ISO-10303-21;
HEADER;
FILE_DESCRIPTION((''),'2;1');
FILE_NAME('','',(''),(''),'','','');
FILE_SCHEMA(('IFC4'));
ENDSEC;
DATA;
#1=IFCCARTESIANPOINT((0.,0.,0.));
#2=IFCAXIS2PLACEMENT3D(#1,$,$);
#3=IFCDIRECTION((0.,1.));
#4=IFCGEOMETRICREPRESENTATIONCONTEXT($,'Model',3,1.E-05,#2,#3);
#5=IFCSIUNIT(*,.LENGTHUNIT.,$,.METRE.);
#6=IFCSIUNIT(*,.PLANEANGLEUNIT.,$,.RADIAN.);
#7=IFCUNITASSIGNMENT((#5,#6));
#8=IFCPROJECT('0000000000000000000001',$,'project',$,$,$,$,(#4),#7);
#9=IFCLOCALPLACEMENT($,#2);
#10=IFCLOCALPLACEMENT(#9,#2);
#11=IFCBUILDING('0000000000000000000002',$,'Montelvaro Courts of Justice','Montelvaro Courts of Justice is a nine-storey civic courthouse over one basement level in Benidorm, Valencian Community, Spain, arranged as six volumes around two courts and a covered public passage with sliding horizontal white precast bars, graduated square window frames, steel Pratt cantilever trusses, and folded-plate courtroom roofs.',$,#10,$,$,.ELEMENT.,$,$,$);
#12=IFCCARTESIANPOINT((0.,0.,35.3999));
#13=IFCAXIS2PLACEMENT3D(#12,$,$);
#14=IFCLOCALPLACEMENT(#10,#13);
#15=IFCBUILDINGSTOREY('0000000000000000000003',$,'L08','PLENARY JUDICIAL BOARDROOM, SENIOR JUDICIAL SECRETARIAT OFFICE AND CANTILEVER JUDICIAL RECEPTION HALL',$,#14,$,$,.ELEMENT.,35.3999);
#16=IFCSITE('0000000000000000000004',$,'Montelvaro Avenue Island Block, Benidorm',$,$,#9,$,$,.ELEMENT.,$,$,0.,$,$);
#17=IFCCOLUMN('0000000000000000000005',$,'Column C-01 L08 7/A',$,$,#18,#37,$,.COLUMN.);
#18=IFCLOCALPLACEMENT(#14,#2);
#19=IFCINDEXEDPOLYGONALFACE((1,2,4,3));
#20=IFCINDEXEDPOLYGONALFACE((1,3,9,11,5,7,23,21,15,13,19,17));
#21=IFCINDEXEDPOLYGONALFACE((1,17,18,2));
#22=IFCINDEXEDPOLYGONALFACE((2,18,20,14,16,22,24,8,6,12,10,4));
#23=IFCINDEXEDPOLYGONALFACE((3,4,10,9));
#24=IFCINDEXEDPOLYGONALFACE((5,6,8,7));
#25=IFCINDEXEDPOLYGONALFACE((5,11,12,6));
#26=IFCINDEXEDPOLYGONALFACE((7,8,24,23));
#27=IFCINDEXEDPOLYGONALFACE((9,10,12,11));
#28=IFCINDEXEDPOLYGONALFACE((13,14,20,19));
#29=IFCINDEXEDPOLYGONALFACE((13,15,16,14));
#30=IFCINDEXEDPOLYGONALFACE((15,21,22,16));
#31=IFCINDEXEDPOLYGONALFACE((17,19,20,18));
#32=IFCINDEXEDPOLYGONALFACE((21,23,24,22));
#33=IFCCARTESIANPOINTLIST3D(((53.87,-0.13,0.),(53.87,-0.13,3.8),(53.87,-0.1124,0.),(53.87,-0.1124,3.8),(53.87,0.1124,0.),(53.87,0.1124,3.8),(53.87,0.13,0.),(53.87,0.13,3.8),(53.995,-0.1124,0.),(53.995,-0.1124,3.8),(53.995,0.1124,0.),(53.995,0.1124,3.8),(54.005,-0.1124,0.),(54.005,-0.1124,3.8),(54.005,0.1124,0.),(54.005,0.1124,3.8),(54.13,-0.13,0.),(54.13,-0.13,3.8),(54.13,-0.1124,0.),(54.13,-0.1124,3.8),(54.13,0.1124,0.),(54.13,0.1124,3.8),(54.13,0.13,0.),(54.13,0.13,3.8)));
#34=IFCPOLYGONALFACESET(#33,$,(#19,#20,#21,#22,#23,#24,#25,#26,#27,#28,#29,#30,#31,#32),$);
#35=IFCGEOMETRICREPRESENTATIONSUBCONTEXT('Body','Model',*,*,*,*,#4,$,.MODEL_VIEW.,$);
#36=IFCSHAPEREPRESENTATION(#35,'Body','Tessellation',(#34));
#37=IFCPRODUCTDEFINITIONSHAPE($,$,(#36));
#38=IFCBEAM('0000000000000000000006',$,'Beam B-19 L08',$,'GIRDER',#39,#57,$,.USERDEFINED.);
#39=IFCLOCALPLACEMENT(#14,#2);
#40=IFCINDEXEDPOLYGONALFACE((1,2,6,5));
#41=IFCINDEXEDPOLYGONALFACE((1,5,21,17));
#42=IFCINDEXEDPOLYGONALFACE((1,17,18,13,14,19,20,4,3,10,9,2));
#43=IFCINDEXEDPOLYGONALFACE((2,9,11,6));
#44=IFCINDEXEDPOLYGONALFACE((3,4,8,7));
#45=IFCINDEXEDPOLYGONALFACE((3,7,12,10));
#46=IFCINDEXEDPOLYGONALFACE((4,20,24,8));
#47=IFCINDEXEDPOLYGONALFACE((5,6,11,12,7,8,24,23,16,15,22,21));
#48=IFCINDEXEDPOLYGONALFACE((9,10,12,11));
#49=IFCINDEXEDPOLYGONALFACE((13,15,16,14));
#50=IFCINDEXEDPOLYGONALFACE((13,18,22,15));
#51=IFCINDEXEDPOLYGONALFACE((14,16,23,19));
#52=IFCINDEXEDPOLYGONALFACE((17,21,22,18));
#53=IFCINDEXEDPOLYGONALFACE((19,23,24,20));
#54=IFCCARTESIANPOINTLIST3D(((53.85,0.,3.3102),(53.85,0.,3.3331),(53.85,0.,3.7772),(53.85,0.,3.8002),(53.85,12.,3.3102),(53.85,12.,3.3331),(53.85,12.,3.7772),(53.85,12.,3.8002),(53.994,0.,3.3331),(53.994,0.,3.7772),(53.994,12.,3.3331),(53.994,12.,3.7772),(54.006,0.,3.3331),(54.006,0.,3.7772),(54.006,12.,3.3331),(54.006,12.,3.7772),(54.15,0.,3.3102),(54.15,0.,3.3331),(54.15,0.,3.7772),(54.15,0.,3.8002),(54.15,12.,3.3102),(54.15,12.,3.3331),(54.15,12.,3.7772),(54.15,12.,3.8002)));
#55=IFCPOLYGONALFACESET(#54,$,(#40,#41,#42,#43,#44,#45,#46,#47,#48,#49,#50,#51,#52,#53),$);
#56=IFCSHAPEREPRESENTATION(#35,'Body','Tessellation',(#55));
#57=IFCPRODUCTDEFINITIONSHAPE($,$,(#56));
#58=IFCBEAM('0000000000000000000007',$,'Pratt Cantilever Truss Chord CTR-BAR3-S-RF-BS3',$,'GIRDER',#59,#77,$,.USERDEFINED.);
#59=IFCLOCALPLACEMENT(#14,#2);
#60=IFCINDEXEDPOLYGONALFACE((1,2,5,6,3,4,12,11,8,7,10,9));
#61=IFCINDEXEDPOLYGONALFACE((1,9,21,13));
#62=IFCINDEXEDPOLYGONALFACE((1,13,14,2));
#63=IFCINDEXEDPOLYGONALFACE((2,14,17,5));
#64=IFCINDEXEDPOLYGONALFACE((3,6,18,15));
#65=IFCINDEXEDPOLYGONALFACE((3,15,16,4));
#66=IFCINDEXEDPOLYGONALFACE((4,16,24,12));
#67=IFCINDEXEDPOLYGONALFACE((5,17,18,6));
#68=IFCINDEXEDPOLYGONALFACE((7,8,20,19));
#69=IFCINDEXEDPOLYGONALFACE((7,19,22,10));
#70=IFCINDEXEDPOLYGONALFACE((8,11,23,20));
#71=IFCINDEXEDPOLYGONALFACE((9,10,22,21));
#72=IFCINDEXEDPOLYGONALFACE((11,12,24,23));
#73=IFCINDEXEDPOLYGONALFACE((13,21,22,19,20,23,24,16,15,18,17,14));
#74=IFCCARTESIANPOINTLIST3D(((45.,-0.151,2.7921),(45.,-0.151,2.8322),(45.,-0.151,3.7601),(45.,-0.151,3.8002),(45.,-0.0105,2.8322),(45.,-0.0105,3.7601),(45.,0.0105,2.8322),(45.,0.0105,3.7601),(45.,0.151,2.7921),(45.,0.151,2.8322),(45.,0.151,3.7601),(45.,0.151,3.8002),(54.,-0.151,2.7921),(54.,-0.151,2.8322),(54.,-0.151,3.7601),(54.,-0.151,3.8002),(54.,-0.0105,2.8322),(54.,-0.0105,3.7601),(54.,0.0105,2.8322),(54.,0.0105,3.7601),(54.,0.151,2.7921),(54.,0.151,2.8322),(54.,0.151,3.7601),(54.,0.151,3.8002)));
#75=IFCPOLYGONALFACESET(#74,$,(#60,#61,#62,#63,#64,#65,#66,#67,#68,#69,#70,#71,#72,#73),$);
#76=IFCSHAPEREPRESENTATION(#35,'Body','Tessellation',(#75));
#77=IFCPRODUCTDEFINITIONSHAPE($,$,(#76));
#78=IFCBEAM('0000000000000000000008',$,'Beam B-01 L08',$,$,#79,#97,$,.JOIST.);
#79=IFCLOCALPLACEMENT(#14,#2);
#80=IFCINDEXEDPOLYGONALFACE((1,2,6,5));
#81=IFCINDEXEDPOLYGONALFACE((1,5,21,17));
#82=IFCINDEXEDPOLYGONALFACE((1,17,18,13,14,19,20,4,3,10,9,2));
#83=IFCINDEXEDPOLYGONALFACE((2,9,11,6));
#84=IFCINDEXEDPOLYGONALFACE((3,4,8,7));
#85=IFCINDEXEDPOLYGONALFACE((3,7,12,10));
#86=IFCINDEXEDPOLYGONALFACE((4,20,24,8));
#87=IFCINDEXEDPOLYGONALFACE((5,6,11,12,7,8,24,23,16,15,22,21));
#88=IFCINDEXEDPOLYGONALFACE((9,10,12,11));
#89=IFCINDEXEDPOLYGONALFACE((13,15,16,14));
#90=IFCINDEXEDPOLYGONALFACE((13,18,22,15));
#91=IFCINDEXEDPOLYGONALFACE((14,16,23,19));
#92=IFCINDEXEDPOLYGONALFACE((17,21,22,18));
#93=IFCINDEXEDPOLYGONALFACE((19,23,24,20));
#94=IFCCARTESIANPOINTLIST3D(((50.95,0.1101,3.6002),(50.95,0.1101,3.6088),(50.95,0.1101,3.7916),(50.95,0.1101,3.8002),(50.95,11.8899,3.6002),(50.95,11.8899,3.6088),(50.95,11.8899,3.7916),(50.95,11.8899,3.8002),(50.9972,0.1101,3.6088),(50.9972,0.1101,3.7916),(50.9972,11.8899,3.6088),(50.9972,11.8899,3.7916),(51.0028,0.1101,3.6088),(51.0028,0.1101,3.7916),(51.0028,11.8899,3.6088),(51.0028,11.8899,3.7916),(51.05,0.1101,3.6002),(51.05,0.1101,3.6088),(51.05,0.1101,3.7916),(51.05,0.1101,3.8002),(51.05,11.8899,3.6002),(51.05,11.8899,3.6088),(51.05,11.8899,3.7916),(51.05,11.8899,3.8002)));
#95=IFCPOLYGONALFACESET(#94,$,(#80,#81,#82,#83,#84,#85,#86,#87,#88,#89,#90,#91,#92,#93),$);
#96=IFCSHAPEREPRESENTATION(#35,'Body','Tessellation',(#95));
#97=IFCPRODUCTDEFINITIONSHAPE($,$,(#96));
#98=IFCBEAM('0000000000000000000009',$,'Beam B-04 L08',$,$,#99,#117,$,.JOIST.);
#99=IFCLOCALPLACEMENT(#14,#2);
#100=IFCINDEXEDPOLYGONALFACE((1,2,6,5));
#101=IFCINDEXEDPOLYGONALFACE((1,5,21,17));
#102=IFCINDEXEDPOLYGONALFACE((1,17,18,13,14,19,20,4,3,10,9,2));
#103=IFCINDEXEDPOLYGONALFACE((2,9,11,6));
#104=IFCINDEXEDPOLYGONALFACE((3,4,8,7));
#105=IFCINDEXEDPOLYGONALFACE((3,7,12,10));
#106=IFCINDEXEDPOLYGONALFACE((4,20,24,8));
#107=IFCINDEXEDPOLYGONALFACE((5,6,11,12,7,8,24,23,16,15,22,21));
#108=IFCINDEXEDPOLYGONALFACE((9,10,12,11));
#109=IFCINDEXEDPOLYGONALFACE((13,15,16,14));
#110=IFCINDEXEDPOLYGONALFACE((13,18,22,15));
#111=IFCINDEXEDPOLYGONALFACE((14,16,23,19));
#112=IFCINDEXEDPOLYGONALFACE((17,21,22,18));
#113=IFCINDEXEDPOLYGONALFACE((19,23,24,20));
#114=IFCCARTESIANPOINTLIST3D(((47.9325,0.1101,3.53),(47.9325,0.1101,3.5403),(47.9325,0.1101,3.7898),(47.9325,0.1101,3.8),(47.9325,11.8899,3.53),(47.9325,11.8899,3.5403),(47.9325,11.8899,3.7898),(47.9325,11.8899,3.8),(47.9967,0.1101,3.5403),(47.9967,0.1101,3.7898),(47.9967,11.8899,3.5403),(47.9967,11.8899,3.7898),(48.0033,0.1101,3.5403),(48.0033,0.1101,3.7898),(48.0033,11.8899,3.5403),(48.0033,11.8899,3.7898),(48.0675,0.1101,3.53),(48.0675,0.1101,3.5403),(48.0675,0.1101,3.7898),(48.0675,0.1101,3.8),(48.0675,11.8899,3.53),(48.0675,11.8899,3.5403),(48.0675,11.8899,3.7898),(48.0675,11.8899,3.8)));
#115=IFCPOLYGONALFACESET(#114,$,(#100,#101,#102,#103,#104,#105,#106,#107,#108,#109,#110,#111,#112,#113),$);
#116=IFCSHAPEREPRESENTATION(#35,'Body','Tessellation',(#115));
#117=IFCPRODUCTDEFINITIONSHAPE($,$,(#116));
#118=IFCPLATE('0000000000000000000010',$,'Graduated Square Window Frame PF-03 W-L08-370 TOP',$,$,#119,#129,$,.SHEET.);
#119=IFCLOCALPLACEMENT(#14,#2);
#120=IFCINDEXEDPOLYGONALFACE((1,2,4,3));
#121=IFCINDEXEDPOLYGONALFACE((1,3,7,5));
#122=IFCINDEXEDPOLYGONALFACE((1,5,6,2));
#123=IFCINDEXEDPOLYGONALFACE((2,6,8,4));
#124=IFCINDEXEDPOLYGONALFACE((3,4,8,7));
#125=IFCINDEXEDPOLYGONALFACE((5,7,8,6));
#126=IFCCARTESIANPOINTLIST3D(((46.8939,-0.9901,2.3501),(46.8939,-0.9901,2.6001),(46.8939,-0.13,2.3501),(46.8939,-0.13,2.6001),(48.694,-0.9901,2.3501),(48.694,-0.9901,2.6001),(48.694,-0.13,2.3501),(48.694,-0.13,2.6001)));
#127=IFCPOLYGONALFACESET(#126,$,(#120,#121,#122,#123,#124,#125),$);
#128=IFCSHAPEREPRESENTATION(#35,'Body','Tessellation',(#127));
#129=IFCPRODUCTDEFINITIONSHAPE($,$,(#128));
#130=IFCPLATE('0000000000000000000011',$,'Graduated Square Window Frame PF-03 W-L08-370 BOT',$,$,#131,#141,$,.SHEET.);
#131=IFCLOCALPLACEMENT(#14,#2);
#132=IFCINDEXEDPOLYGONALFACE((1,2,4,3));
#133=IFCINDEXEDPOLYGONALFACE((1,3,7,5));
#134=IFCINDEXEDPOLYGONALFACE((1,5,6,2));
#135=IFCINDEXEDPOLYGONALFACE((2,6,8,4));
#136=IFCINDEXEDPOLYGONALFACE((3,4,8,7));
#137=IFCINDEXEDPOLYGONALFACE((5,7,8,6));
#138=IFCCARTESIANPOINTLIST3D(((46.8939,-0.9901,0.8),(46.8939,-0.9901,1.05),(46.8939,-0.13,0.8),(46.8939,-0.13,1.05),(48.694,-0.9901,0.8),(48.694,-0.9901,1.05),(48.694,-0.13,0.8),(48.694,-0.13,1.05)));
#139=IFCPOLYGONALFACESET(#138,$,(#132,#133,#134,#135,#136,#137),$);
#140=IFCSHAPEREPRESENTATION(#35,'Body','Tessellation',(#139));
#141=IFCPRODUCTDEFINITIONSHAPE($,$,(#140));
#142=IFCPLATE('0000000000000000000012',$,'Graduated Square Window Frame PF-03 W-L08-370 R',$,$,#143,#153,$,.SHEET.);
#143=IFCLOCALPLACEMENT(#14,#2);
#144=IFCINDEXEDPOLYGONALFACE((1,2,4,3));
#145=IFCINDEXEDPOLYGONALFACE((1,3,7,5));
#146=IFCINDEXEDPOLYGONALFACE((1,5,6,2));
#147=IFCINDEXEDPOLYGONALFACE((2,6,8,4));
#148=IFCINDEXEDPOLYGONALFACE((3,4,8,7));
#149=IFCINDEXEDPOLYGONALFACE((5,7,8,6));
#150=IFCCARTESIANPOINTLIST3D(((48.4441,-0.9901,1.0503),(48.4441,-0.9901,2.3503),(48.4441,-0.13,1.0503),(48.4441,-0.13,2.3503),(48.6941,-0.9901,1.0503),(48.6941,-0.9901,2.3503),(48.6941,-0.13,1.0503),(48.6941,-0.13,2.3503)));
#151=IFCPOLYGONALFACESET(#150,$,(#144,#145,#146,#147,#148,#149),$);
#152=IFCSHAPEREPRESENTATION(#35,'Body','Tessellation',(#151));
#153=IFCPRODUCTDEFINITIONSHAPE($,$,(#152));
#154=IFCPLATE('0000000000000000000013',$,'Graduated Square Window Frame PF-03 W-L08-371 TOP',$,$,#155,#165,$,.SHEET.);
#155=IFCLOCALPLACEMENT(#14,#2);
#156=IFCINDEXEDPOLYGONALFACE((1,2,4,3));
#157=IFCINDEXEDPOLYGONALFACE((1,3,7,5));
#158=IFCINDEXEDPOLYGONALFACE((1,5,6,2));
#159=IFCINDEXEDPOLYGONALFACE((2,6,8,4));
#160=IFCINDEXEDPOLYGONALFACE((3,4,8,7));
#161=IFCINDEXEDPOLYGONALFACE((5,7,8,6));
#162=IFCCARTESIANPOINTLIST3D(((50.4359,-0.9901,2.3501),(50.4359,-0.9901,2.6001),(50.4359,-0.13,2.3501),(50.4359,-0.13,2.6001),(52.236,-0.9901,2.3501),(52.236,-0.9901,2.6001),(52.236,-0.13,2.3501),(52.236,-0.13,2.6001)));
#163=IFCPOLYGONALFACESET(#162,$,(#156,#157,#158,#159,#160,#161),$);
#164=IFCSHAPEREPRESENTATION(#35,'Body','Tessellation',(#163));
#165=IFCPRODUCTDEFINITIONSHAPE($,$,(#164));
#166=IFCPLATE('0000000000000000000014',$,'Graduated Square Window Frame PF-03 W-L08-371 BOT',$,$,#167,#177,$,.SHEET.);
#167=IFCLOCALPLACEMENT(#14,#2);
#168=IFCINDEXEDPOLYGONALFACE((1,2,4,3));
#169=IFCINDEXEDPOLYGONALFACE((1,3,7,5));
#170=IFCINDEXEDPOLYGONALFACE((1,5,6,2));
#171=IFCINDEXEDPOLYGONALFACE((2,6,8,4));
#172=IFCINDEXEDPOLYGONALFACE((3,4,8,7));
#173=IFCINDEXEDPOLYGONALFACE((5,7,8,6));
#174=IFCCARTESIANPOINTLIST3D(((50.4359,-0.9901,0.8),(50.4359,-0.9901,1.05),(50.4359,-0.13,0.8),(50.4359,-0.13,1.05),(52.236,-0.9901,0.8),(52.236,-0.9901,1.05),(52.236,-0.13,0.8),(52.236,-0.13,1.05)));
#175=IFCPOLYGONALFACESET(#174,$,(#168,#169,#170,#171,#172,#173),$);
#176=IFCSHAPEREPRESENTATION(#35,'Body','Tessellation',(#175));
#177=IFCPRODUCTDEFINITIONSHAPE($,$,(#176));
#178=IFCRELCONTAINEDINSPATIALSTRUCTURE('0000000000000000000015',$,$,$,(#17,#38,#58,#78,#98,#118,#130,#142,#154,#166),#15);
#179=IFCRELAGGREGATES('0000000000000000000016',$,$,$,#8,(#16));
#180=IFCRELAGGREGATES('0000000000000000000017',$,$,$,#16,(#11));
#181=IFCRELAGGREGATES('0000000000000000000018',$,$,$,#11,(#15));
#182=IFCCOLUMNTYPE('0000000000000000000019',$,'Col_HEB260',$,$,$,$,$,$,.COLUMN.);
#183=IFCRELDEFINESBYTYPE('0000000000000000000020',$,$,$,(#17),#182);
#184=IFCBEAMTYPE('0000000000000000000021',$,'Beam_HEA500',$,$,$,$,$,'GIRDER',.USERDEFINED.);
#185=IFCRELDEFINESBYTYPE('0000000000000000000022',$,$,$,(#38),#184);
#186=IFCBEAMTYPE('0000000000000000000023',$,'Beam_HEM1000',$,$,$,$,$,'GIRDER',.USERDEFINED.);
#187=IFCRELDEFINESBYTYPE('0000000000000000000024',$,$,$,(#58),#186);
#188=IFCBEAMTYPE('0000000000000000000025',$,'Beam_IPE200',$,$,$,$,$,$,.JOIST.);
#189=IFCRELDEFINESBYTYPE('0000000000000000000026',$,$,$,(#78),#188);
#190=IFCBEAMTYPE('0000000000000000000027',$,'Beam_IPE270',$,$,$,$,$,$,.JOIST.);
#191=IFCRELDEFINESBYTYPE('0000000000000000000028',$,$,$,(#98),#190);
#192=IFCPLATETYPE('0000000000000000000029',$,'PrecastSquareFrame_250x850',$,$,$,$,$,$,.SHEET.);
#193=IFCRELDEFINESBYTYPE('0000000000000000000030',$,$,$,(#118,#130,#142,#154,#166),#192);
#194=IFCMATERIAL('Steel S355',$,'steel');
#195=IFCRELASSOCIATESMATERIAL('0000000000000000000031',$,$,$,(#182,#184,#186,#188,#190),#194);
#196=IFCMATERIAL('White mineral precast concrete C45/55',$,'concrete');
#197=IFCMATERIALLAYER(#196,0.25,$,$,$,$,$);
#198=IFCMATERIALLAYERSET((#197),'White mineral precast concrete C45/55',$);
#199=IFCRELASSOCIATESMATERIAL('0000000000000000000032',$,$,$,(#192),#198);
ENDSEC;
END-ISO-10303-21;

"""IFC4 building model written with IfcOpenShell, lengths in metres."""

from ifc_helpers import new_model, si_unit, direction, frame, origin, origin_2d, place, context, subcontext, project, spatial, rectangle, i_section, extrude, material, layer, layer_set, material_profile, profile_set, type_object, element, save


model = new_model("IFC4")

# Units and contexts
model_context = context("Model", 3, precision=1e-05, world=origin(), true_north=direction((0.0, 1.0)))
body_context = subcontext(model_context, "Body", "Model", "MODEL_VIEW")
ifc_project = project(units=[si_unit("LENGTHUNIT", "METRE"), si_unit("PLANEANGLEUNIT", "RADIAN")], contexts=[model_context])

# Site, building, storey
site_placement = place(None, origin())
site = spatial("IfcSite", under=ifc_project, at=site_placement, Name="Montelvaro Avenue Island Block, Benidorm", CompositionType="ELEMENT", RefElevation=0.0)
building_placement = place(site_placement, origin())
building = spatial("IfcBuilding", under=site, at=building_placement, Name="Montelvaro Courts of Justice", Description="Montelvaro Courts of Justice is a nine-storey civic courthouse over one basement level in Benidorm, Valencian Community, Spain, arranged as six volumes around two courts and a covered public passage with sliding horizontal white precast bars, graduated square window frames, steel Pratt cantilever trusses, and folded-plate courtroom roofs.", CompositionType="ELEMENT")
storey_placement = place(building_placement, frame((0.0, 0.0, 35.3999)))
storey = spatial("IfcBuildingStorey", under=building, at=storey_placement, Name="L08", Description="PLENARY JUDICIAL BOARDROOM, SENIOR JUDICIAL SECRETARIAT OFFICE AND CANTILEVER JUDICIAL RECEPTION HALL", CompositionType="ELEMENT", Elevation=35.3999)

# Column
ifc_material_1 = material(Name="Steel S355", Category="steel")
ifc_material_profile_1 = material_profile(ifc_material_1, i_section(OverallWidth=0.26, OverallDepth=0.26, WebThickness=0.01, FlangeThickness=0.0176, at=origin_2d()), Name="HEB 260")
ifc_profile_set_1 = profile_set([ifc_material_profile_1], Name="Steel S355")
column_type = type_object("IfcColumnType", Name="Col_HEB260", PredefinedType="COLUMN", material=ifc_profile_set_1)
column_placement = place(storey_placement, frame((54.0, 0.0, 0.0), z_axis=(0.0, 0.0, 1.0), x_axis=(1.0, 0.0, 0.0)))
element("IfcColumn", 1, at=column_placement, inside=storey, type_object=column_type, Name="Column C-01 L08 7/A", PredefinedType="COLUMN", context=body_context, shape_type="SweptSolid", body=[
    extrude(i_section(OverallWidth=0.26, OverallDepth=0.26, WebThickness=0.01, FlangeThickness=0.0176, at=origin_2d()), origin(), (0.0, 0.0, 1.0), 3.8),
])

# Beams
ifc_material_profile_2 = material_profile(ifc_material_1, i_section(OverallWidth=0.3, OverallDepth=0.49, WebThickness=0.012, FlangeThickness=0.0229, at=origin_2d()), Name="HEA 500")
ifc_profile_set_2 = profile_set([ifc_material_profile_2], Name="Steel S355")
beam_type_1 = type_object("IfcBeamType", Name="Beam_HEA500", ElementType="GIRDER", PredefinedType="USERDEFINED", material=ifc_profile_set_2)
beam_1_placement = place(storey_placement, frame((54.0, 0.0, 3.5552), z_axis=(0.0, 1.0, 0.0), x_axis=(-1.0, 0.0, 0.0)))
element("IfcBeam", 2, at=beam_1_placement, inside=storey, type_object=beam_type_1, Name="Beam B-19 L08", ObjectType="GIRDER", PredefinedType="USERDEFINED", context=body_context, shape_type="SweptSolid", body=[
    extrude(i_section(OverallWidth=0.3, OverallDepth=0.49, WebThickness=0.012, FlangeThickness=0.0229, at=origin_2d()), origin(), (0.0, 0.0, 1.0), 12.0),
])
ifc_material_profile_3 = material_profile(ifc_material_1, i_section(OverallWidth=0.302, OverallDepth=1.0081, WebThickness=0.021, FlangeThickness=0.04, at=origin_2d()), Name="HEM 1000")
ifc_profile_set_3 = profile_set([ifc_material_profile_3], Name="Steel S355")
beam_type_2 = type_object("IfcBeamType", Name="Beam_HEM1000", ElementType="GIRDER", PredefinedType="USERDEFINED", material=ifc_profile_set_3)
beam_2_placement = place(storey_placement, frame((54.0, 0.0, 3.2961), z_axis=(-1.0, 0.0, 0.0), x_axis=(0.0, -1.0, 0.0)))
element("IfcBeam", 3, at=beam_2_placement, inside=storey, type_object=beam_type_2, Name="Pratt Cantilever Truss Chord CTR-BAR3-S-RF-BS3", ObjectType="GIRDER", PredefinedType="USERDEFINED", context=body_context, shape_type="SweptSolid", body=[
    extrude(i_section(OverallWidth=0.302, OverallDepth=1.0081, WebThickness=0.021, FlangeThickness=0.04, at=origin_2d()), origin(), (0.0, 0.0, 1.0), 9.0),
])
ifc_material_profile_4 = material_profile(ifc_material_1, i_section(OverallWidth=0.1001, OverallDepth=0.2, WebThickness=0.0056, FlangeThickness=0.0085, at=origin_2d()), Name="IPE 200")
ifc_profile_set_4 = profile_set([ifc_material_profile_4], Name="Steel S355")
beam_type_3 = type_object("IfcBeamType", Name="Beam_IPE200", PredefinedType="JOIST", material=ifc_profile_set_4)
beam_3_placement = place(storey_placement, frame((51.0, 0.1101, 3.7002), z_axis=(0.0, 1.0, 0.0), x_axis=(-1.0, 0.0, 0.0)))
element("IfcBeam", 4, at=beam_3_placement, inside=storey, type_object=beam_type_3, Name="Beam B-01 L08", PredefinedType="JOIST", context=body_context, shape_type="SweptSolid", body=[
    extrude(i_section(OverallWidth=0.1001, OverallDepth=0.2, WebThickness=0.0056, FlangeThickness=0.0085, at=origin_2d()), origin(), (0.0, 0.0, 1.0), 11.7798),
])
ifc_material_profile_5 = material_profile(ifc_material_1, i_section(OverallWidth=0.135, OverallDepth=0.27, WebThickness=0.0066, FlangeThickness=0.0103, at=origin_2d()), Name="IPE 270")
ifc_profile_set_5 = profile_set([ifc_material_profile_5], Name="Steel S355")
beam_type_4 = type_object("IfcBeamType", Name="Beam_IPE270", PredefinedType="JOIST", material=ifc_profile_set_5)
beam_4_placement = place(storey_placement, frame((48.0, 0.1101, 3.665), z_axis=(0.0, 1.0, 0.0), x_axis=(-1.0, 0.0, 0.0)))
element("IfcBeam", 5, at=beam_4_placement, inside=storey, type_object=beam_type_4, Name="Beam B-04 L08", PredefinedType="JOIST", context=body_context, shape_type="SweptSolid", body=[
    extrude(i_section(OverallWidth=0.135, OverallDepth=0.27, WebThickness=0.0066, FlangeThickness=0.0103, at=origin_2d()), origin(), (0.0, 0.0, 1.0), 11.7798),
])

# Plates
ifc_material_2 = material(Name="White mineral precast concrete C45/55", Category="concrete")
ifc_layer_1 = layer(ifc_material_2, 0.25)
ifc_layer_set_1 = layer_set([ifc_layer_1], Name="White mineral precast concrete C45/55")
plate_type = type_object("IfcPlateType", Name="PrecastSquareFrame_250x850", PredefinedType="SHEET", material=ifc_layer_set_1)
for number, where, z_axis, x_axis, name in (
    (6, (47.7939, -0.5601, 2.3501), (0.0, 0.0, 1.0), (1.0, 0.0, 0.0), "Graduated Square Window Frame PF-03 W-L08-370 TOP"),
    (7, (47.7939, -0.5601, 0.8), (0.0, 0.0, 1.0), (1.0, 0.0, 0.0), "Graduated Square Window Frame PF-03 W-L08-370 BOT"),
):
    element("IfcPlate", number, at=place(storey_placement, frame(where, z_axis=z_axis, x_axis=x_axis)), inside=storey, type_object=plate_type, Name=name, PredefinedType="SHEET", context=body_context, shape_type="SweptSolid", body=[
        extrude(rectangle(XDim=1.8, YDim=0.8601, at=origin_2d()), origin(), (0.0, 0.0, 1.0), 0.25),
    ])
plate_placement = place(storey_placement, frame((48.5691, -0.5601, 1.0503), z_axis=(0.0, 0.0, 1.0), x_axis=(1.0, 0.0, 0.0)))
element("IfcPlate", 8, at=plate_placement, inside=storey, type_object=plate_type, Name="Graduated Square Window Frame PF-03 W-L08-370 R", PredefinedType="SHEET", context=body_context, shape_type="SweptSolid", body=[
    extrude(rectangle(XDim=0.25, YDim=0.8601, at=origin_2d()), origin(), (0.0, 0.0, 1.0), 1.3),
])
for number, where, z_axis, x_axis, name in (
    (9, (51.3359, -0.5601, 2.3501), (0.0, 0.0, 1.0), (1.0, 0.0, 0.0), "Graduated Square Window Frame PF-03 W-L08-371 TOP"),
    (10, (51.3359, -0.5601, 0.8), (0.0, 0.0, 1.0), (1.0, 0.0, 0.0), "Graduated Square Window Frame PF-03 W-L08-371 BOT"),
):
    element("IfcPlate", number, at=place(storey_placement, frame(where, z_axis=z_axis, x_axis=x_axis)), inside=storey, type_object=plate_type, Name=name, PredefinedType="SHEET", context=body_context, shape_type="SweptSolid", body=[
        extrude(rectangle(XDim=1.8, YDim=0.8601, at=origin_2d()), origin(), (0.0, 0.0, 1.0), 0.25),
    ])

save(model, "model.ifc")
